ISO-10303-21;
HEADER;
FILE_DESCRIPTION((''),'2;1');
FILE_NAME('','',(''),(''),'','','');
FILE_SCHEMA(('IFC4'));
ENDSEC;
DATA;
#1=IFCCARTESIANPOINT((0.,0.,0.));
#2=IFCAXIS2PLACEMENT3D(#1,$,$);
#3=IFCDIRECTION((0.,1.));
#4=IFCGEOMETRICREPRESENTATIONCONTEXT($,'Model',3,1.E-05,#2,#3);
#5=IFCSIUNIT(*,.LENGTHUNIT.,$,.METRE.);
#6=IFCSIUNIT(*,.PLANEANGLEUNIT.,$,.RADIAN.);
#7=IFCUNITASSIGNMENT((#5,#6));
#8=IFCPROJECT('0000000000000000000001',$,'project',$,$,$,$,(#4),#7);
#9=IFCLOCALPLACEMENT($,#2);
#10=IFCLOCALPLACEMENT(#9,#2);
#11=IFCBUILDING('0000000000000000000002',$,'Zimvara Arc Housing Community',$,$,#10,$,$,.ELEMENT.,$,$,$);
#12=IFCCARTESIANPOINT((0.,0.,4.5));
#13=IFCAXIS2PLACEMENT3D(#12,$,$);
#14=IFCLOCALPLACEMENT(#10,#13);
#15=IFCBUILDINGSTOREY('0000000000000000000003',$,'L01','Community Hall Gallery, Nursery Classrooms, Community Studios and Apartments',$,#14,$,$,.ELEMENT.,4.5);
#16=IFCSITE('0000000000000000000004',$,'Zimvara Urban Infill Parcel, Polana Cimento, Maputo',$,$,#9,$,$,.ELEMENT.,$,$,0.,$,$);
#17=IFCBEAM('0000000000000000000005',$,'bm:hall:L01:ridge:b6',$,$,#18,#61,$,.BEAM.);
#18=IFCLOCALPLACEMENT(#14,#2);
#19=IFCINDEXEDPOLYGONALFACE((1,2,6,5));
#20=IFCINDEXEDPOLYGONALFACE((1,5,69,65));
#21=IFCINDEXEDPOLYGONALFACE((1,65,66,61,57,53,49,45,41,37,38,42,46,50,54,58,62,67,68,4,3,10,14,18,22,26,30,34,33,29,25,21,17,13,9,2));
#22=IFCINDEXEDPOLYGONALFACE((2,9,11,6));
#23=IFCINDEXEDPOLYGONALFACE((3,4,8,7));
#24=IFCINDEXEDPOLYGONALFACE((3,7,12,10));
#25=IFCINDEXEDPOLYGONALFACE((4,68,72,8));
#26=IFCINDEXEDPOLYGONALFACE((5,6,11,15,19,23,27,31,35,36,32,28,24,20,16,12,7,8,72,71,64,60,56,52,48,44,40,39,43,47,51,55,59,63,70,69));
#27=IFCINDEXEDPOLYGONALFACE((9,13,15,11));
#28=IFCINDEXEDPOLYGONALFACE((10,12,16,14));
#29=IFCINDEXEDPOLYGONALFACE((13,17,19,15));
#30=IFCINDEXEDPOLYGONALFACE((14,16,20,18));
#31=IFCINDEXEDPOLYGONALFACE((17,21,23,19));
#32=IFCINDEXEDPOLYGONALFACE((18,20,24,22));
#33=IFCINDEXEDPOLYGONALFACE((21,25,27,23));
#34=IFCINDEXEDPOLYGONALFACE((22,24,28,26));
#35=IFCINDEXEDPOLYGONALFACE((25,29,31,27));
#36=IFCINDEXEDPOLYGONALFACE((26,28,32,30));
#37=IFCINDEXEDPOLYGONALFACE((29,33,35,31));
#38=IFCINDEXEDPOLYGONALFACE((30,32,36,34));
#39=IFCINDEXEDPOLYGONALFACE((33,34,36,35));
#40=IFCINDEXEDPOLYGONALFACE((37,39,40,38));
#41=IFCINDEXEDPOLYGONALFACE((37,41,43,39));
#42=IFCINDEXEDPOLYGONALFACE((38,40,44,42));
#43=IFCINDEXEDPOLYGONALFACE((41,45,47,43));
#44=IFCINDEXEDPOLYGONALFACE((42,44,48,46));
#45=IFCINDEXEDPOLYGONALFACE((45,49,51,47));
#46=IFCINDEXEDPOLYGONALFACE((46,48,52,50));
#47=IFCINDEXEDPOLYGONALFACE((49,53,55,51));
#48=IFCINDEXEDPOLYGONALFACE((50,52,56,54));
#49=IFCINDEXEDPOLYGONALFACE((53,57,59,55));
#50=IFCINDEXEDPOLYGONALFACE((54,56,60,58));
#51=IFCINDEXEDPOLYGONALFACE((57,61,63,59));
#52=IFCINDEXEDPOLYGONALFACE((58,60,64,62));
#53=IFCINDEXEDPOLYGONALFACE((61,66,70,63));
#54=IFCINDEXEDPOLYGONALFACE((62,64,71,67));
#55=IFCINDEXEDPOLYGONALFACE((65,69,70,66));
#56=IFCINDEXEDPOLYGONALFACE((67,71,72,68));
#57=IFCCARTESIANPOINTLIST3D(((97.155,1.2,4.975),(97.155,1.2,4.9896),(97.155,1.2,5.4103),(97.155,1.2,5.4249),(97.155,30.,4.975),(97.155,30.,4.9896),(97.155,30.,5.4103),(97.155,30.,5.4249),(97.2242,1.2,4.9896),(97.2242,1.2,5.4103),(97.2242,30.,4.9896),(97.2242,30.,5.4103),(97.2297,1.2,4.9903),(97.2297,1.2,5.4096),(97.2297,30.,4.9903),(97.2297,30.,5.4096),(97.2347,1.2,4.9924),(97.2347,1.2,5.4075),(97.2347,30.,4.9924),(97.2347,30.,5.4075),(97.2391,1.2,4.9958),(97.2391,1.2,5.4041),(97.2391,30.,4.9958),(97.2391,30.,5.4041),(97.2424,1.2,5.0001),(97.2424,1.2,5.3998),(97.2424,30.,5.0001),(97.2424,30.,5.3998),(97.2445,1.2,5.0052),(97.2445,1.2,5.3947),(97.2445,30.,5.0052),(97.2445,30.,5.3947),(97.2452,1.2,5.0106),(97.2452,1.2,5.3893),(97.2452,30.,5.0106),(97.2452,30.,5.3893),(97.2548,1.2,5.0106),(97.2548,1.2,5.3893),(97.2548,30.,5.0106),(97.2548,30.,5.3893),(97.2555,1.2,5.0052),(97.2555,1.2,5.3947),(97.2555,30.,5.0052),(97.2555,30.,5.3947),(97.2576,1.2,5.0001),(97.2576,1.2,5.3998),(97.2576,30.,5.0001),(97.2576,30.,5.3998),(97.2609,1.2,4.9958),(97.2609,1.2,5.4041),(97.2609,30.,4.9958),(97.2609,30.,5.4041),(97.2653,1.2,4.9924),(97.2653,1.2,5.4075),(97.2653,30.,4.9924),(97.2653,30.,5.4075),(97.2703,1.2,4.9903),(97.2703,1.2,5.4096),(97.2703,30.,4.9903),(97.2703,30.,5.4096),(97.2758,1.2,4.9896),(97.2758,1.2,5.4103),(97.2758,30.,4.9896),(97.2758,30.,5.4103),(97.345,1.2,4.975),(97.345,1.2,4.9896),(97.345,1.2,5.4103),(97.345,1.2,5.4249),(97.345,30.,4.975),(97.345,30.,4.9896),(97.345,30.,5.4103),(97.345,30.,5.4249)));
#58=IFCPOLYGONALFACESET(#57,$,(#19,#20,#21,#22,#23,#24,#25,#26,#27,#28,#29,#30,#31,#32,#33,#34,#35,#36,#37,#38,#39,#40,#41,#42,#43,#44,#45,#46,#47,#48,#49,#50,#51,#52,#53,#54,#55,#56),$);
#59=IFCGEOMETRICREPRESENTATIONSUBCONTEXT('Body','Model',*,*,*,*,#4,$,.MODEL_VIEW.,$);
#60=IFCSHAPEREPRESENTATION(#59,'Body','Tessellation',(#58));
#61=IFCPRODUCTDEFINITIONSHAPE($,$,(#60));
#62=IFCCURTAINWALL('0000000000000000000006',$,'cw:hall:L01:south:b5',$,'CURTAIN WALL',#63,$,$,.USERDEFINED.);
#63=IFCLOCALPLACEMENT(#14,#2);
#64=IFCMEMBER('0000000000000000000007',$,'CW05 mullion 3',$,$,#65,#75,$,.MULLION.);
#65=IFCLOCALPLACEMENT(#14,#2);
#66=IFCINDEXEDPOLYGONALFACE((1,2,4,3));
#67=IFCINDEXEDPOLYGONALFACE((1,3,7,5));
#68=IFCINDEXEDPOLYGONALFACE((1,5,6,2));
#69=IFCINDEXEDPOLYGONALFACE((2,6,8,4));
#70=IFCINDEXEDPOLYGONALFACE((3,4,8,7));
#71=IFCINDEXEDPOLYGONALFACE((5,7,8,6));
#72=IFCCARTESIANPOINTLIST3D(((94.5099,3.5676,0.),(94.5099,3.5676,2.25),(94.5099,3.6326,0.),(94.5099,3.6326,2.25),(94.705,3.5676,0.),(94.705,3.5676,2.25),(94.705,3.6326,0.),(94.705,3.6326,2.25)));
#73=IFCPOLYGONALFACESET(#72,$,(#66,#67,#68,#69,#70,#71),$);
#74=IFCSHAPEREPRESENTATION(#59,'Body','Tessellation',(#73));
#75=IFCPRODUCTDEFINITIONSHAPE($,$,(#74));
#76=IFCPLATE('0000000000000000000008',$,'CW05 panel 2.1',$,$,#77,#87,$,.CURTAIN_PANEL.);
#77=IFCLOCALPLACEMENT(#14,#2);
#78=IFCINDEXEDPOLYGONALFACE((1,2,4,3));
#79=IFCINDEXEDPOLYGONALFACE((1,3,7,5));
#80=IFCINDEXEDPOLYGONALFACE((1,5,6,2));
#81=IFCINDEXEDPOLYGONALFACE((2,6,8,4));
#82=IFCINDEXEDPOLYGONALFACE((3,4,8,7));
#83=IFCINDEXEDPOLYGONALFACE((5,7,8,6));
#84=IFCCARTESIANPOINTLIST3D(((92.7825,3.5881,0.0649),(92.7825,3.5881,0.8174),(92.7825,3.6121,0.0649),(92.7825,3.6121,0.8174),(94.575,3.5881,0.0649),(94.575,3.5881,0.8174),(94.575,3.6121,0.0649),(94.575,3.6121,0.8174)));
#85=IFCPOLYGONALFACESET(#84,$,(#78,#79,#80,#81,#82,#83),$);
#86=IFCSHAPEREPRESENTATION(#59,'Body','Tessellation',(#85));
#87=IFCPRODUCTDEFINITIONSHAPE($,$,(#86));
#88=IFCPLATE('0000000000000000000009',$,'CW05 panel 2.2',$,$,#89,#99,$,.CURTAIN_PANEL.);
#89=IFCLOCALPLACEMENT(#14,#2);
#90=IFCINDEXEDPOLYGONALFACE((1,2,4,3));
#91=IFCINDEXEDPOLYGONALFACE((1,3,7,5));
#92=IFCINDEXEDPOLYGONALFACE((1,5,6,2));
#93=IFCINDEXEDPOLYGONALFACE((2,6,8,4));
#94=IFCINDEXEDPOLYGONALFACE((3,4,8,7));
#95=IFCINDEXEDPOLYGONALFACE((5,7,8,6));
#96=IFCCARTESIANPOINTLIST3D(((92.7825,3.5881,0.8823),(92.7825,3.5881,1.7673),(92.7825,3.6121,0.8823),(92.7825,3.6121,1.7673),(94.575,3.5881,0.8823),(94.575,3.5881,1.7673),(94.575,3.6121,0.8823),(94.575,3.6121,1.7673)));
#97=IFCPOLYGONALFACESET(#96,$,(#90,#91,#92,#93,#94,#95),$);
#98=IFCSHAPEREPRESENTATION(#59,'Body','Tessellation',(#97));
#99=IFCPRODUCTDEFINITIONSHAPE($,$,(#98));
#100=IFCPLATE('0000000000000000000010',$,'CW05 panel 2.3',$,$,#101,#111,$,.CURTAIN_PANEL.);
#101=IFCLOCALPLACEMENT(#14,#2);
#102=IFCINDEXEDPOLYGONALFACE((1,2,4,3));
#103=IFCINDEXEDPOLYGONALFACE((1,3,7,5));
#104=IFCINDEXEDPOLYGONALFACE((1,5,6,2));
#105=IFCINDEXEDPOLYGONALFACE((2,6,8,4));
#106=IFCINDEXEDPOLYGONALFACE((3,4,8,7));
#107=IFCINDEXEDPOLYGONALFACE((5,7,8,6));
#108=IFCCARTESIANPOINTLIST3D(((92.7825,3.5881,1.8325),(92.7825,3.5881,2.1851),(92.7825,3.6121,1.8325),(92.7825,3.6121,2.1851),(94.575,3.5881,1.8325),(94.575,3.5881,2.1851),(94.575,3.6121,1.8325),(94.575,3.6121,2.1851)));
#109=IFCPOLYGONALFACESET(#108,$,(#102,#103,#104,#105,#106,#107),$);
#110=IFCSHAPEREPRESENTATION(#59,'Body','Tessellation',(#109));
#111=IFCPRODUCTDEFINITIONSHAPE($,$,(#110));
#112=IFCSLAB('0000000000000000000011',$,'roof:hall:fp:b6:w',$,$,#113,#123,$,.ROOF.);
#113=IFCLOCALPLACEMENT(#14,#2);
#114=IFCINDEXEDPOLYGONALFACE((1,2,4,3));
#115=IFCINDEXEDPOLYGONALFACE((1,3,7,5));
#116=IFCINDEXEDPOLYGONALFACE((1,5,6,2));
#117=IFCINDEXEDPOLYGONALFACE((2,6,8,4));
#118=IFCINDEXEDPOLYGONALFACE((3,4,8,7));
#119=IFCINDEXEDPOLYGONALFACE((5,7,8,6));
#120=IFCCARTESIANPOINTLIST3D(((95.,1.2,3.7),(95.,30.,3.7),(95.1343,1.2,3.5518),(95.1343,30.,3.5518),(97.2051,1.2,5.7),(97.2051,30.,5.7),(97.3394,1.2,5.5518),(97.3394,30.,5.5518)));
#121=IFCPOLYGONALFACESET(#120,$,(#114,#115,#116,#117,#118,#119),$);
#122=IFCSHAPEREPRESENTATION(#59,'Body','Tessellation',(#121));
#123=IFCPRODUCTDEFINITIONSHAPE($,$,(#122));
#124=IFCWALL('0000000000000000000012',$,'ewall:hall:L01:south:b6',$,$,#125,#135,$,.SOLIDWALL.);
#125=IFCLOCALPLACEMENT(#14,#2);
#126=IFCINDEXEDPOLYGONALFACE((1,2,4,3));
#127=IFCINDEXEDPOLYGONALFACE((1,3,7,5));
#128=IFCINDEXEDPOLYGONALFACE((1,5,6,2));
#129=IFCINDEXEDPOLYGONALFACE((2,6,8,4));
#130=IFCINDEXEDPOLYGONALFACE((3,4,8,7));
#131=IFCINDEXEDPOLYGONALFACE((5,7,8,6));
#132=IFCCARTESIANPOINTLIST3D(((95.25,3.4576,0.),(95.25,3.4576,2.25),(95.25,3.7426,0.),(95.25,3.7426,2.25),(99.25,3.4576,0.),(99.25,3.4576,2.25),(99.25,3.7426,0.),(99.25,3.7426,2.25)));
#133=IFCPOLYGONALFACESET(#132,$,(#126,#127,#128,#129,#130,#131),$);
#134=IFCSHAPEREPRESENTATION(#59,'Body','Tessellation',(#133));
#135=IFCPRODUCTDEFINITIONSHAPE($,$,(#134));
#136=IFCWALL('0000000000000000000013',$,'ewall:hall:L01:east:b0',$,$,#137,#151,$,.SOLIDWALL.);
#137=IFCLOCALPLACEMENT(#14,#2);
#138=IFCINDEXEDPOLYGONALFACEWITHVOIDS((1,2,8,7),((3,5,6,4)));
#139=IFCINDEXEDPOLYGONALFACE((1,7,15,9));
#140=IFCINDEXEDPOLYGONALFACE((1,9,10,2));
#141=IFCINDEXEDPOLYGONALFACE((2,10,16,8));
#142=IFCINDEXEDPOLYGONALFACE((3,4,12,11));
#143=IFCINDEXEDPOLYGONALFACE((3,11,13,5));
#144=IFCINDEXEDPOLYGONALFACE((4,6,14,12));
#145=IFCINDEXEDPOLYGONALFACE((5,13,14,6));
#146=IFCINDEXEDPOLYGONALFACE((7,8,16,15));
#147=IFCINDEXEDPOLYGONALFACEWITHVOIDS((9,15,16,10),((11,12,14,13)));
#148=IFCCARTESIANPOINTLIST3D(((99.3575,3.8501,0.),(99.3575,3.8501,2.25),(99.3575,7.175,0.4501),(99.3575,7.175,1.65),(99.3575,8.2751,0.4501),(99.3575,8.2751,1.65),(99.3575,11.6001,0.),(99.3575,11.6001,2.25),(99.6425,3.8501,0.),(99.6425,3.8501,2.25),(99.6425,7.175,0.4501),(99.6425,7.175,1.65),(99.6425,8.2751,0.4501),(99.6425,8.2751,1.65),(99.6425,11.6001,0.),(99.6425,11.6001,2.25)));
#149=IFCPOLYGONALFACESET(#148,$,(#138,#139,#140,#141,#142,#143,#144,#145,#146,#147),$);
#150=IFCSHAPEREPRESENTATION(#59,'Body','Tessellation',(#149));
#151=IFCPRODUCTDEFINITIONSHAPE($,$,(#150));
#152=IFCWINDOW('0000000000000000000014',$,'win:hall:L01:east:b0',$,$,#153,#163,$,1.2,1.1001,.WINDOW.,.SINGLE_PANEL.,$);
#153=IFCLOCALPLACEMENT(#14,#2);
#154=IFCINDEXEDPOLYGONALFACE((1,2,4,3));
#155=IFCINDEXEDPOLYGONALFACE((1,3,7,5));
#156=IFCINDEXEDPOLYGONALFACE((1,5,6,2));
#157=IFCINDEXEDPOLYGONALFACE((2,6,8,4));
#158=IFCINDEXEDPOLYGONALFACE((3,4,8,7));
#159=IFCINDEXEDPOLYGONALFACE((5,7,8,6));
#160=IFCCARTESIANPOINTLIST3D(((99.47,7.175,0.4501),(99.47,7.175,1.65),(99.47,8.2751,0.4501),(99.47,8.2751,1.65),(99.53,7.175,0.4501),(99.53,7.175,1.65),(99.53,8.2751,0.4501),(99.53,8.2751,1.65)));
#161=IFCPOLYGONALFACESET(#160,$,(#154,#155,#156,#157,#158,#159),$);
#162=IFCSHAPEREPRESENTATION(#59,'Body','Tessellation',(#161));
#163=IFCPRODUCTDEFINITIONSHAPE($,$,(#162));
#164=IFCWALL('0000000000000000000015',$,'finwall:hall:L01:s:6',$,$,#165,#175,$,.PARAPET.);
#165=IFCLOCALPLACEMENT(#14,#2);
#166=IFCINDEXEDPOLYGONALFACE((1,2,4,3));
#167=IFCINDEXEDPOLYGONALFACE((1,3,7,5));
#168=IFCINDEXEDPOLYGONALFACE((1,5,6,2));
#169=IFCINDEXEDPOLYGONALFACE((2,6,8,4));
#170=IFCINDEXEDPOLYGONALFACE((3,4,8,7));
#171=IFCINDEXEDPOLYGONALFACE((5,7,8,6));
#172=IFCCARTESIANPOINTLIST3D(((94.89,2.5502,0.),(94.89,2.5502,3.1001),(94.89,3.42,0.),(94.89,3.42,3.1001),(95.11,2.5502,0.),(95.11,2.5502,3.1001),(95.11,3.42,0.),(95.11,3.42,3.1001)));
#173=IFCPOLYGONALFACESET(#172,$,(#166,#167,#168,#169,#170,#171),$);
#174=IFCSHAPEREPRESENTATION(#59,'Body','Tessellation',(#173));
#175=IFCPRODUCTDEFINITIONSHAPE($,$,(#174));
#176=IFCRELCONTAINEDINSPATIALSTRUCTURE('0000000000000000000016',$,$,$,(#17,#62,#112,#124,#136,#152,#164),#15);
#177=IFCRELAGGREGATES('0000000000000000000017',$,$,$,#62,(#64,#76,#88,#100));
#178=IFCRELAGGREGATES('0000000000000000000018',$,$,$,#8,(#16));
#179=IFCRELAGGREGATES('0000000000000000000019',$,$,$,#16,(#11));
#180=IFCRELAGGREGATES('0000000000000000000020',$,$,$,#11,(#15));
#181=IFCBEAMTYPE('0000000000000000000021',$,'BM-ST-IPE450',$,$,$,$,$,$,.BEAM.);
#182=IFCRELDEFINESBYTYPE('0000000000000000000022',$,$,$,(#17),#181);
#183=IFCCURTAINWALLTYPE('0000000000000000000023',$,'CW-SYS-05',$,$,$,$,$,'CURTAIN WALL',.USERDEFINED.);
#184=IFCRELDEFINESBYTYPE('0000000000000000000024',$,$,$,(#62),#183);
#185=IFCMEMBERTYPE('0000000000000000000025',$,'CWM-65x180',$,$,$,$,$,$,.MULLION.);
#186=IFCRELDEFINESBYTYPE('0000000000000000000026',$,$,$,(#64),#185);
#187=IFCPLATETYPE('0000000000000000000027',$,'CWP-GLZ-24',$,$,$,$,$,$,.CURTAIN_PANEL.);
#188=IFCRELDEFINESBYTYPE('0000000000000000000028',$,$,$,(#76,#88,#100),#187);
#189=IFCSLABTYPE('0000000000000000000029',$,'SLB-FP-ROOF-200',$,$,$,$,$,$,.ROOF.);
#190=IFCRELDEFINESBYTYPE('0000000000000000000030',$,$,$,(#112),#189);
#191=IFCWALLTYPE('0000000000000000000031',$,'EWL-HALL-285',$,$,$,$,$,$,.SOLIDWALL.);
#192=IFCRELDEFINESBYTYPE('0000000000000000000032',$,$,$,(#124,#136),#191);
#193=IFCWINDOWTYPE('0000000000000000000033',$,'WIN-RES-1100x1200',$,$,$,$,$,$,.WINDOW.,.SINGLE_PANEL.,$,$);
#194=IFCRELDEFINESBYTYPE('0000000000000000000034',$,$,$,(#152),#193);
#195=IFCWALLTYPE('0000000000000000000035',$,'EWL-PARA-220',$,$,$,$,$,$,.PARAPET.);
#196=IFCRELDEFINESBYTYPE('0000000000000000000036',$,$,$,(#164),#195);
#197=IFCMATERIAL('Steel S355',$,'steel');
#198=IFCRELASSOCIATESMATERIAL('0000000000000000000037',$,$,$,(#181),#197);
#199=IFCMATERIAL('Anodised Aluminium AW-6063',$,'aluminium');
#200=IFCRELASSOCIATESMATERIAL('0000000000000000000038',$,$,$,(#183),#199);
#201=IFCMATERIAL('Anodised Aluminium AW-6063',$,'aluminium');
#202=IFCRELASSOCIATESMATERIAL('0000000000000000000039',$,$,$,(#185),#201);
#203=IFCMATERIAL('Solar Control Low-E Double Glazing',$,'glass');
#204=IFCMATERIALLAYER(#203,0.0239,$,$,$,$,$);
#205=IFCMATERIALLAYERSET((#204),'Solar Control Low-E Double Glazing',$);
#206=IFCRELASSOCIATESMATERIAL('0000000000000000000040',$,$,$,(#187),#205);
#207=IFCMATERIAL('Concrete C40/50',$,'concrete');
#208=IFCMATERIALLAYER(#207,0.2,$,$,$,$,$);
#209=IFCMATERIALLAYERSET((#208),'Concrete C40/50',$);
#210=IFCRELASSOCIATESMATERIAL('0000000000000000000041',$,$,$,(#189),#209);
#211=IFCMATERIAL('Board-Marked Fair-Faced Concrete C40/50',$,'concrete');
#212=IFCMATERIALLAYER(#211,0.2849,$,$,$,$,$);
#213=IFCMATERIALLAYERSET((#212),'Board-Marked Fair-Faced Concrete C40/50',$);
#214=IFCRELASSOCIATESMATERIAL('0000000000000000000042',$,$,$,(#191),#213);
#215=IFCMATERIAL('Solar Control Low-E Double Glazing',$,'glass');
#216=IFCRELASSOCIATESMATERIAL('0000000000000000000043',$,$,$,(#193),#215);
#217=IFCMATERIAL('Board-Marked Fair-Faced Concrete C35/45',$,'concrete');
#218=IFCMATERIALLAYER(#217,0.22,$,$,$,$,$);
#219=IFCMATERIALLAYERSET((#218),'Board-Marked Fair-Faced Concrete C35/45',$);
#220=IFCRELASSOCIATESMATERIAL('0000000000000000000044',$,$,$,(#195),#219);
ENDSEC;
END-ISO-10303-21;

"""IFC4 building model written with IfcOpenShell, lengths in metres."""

from ifc_helpers import new_model, si_unit, direction, frame, frame_2d, origin, origin_2d, place, context, subcontext, project, spatial, polyline, rectangle, i_section, outline, extrude, material, layer, layer_set, material_profile, profile_set, type_object, element, fill, aggregate, save


model = new_model("IFC4")

# Units and contexts
model_context = context("Model", 3, precision=1e-05, world=origin(), true_north=direction((0.0, 1.0)))
body_context = subcontext(model_context, "Body", "Model", "MODEL_VIEW")
ifc_project = project(units=[si_unit("LENGTHUNIT", "METRE"), si_unit("PLANEANGLEUNIT", "RADIAN")], contexts=[model_context])

# Site, building, storey
site_placement = place(None, origin())
site = spatial("IfcSite", under=ifc_project, at=site_placement, Name="Zimvara Urban Infill Parcel, Polana Cimento, Maputo", CompositionType="ELEMENT", RefElevation=0.0)
building_placement = place(site_placement, origin())
building = spatial("IfcBuilding", under=site, at=building_placement, Name="Zimvara Arc Housing Community", CompositionType="ELEMENT")
storey_placement = place(building_placement, frame((0.0, 0.0, 4.5)))
storey = spatial("IfcBuildingStorey", under=building, at=storey_placement, Name="L01", Description="Community Hall Gallery, Nursery Classrooms, Community Studios and Apartments", CompositionType="ELEMENT", Elevation=4.5)

# Beam
ifc_material_1 = material(Name="Steel S355", Category="steel")
ifc_material_profile_1 = material_profile(ifc_material_1, i_section(OverallWidth=0.1899, OverallDepth=0.45, WebThickness=0.0095, FlangeThickness=0.0146, FilletRadius=0.021, at=origin_2d()), Name="IPE 450")
ifc_profile_set_1 = profile_set([ifc_material_profile_1], Name="Steel S355")
beam_type_1 = type_object("IfcBeamType", Name="BM-ST-IPE450", PredefinedType="BEAM", material=ifc_profile_set_1)
beam_1_placement = place(storey_placement, frame((97.25, 1.2, 5.2), z_axis=(0.0, 1.0, 0.0), x_axis=(-1.0, 0.0, 0.0)))
element("IfcBeam", 1, at=beam_1_placement, inside=storey, type_object=beam_type_1, Name="bm:hall:L01:ridge:b6", PredefinedType="BEAM", context=body_context, shape_type="SweptSolid", body=[
    extrude(i_section(OverallWidth=0.1899, OverallDepth=0.45, WebThickness=0.0095, FlangeThickness=0.0146, FilletRadius=0.021, at=origin_2d()), origin(), (0.0, 0.0, 1.0), 28.8),
])

# Curtain wall, member, plates
ifc_material_2 = material(Name="Anodised Aluminium AW-6063", Category="aluminium")
curtain_wall_type = type_object("IfcCurtainWallType", Name="CW-SYS-05", ElementType="CURTAIN WALL", PredefinedType="USERDEFINED", material=ifc_material_2)
curtain_wall_placement = place(storey_placement, origin())
curtain_wall = element("IfcCurtainWall", 2, at=curtain_wall_placement, inside=storey, type_object=curtain_wall_type, Name="cw:hall:L01:south:b5", ObjectType="CURTAIN WALL", PredefinedType="USERDEFINED")
ifc_material_3 = material(Name="Anodised Aluminium AW-6063", Category="aluminium")
ifc_material_profile_2 = material_profile(ifc_material_3, rectangle(XDim=0.0649, YDim=0.1951, at=origin_2d()), Name="ALU 65x195")
ifc_profile_set_2 = profile_set([ifc_material_profile_2], Name="Anodised Aluminium AW-6063")
member_type = type_object("IfcMemberType", Name="CWM-65x180", PredefinedType="MULLION", material=ifc_profile_set_2)
member_placement = place(storey_placement, frame((94.6074, 3.6001, 0.0), z_axis=(0.0, 0.0, 1.0), x_axis=(0.0, 1.0, 0.0)))
member = element("IfcMember", 3, at=member_placement, type_object=member_type, Name="CW05 mullion 3", PredefinedType="MULLION", context=body_context, shape_type="SweptSolid", body=[
    extrude(rectangle(XDim=0.0649, YDim=0.1951, at=origin_2d()), origin(), (0.0, 0.0, 1.0), 2.25),
])
ifc_material_4 = material(Name="Solar Control Low-E Double Glazing", Category="glass")
ifc_layer_1 = layer(ifc_material_4, 0.0239)
ifc_layer_set_1 = layer_set([ifc_layer_1], Name="Solar Control Low-E Double Glazing")
plate_type = type_object("IfcPlateType", Name="CWP-GLZ-24", PredefinedType="CURTAIN_PANEL", material=ifc_layer_set_1)
plate_1_placement = place(storey_placement, frame((93.6787, 3.6001, 0.0649), z_axis=(0.0, 0.0, 1.0), x_axis=(1.0, 0.0, 0.0)))
plate_1 = element("IfcPlate", 4, at=plate_1_placement, type_object=plate_type, Name="CW05 panel 2.1", PredefinedType="CURTAIN_PANEL", context=body_context, shape_type="SweptSolid", body=[
    extrude(rectangle(XDim=1.7925, YDim=0.0239, at=origin_2d()), origin(), (0.0, 0.0, 1.0), 0.7524),
])
plate_2_placement = place(storey_placement, frame((93.6787, 3.6001, 0.8823), z_axis=(0.0, 0.0, 1.0), x_axis=(1.0, 0.0, 0.0)))
plate_2 = element("IfcPlate", 5, at=plate_2_placement, type_object=plate_type, Name="CW05 panel 2.2", PredefinedType="CURTAIN_PANEL", context=body_context, shape_type="SweptSolid", body=[
    extrude(rectangle(XDim=1.7925, YDim=0.0239, at=origin_2d()), origin(), (0.0, 0.0, 1.0), 0.885),
])
plate_3_placement = place(storey_placement, frame((93.6787, 3.6001, 1.8325), z_axis=(0.0, 0.0, 1.0), x_axis=(1.0, 0.0, 0.0)))
plate_3 = element("IfcPlate", 6, at=plate_3_placement, type_object=plate_type, Name="CW05 panel 2.3", PredefinedType="CURTAIN_PANEL", context=body_context, shape_type="SweptSolid", body=[
    extrude(rectangle(XDim=1.7925, YDim=0.0239, at=origin_2d()), origin(), (0.0, 0.0, 1.0), 0.3525),
])
aggregate(curtain_wall, [member, plate_1, plate_2, plate_3])

# Slab
ifc_material_5 = material(Name="Concrete C40/50", Category="concrete")
ifc_layer_2 = layer(ifc_material_5, 0.2)
ifc_layer_set_2 = layer_set([ifc_layer_2], Name="Concrete C40/50")
slab_type = type_object("IfcSlabType", Name="SLB-FP-ROOF-200", PredefinedType="ROOF", material=ifc_layer_set_2)
slab_placement = place(storey_placement, frame((95.0, 1.2, 3.7), z_axis=(-0.671823, 0.0, 0.740711), x_axis=(0.740711, 0.0, 0.671823)))
element("IfcSlab", 7, at=slab_placement, inside=storey, type_object=slab_type, Name="roof:hall:fp:b6:w", PredefinedType="ROOF", context=body_context, shape_type="SweptSolid", body=[
    extrude(outline(polyline([(0.0, 0.0), (2.977, 0.0), (2.977, 28.8), (0.0, 28.8), (0.0, 0.0)])), origin(), (0.0, 0.0, -1.0), 0.2),
])

# Wall
ifc_material_6 = material(Name="Board-Marked Fair-Faced Concrete C40/50", Category="concrete")
ifc_layer_3 = layer(ifc_material_6, 0.2849)
ifc_layer_set_3 = layer_set([ifc_layer_3], Name="Board-Marked Fair-Faced Concrete C40/50")
wall_type_1 = type_object("IfcWallType", Name="EWL-HALL-285", PredefinedType="SOLIDWALL", material=ifc_layer_set_3)
wall_1_placement = place(storey_placement, frame((95.25, 3.6001, 0.0), z_axis=(0.0, 0.0, 1.0), x_axis=(1.0, 0.0, 0.0)))
element("IfcWall", 8, at=wall_1_placement, inside=storey, type_object=wall_type_1, Name="ewall:hall:L01:south:b6", PredefinedType="SOLIDWALL", context=body_context, shape_type="SweptSolid", body=[
    extrude(rectangle(XDim=4.0, YDim=0.2849, at=frame_2d((2.0, 0.0))), origin(), (0.0, 0.0, 1.0), 2.25),
])

# Wall, opening, window
wall_2_placement = place(storey_placement, frame((99.5, 3.8501, 0.0), z_axis=(0.0, 0.0, 1.0), x_axis=(0.0, 1.0, 0.0)))
wall_2 = element("IfcWall", 9, at=wall_2_placement, inside=storey, type_object=wall_type_1, Name="ewall:hall:L01:east:b0", PredefinedType="SOLIDWALL", context=body_context, shape_type="SweptSolid", body=[
    extrude(rectangle(XDim=7.75, YDim=0.2849, at=frame_2d((3.875, 0.0))), origin(), (0.0, 0.0, 1.0), 2.25),
])
opening_1_placement = place(wall_2_placement, frame((3.325, 0.0, 0.45)))
opening_1 = element("IfcOpeningElement", 10, at=opening_1_placement, cuts=wall_2, PredefinedType="OPENING", context=body_context, shape_type="SweptSolid", body=[
    extrude(rectangle(XDim=1.1001, YDim=1.2, at=frame_2d((0.55, 0.6001))), frame((0.0, 0.1523, 0.0), z_axis=(0.0, -1.0, 0.0), x_axis=(1.0, 0.0, 0.0)), (0.0, 0.0, 1.0), 0.3049),
])
ifc_material_7 = material(Name="Solar Control Low-E Double Glazing", Category="glass")
window_type_1 = type_object("IfcWindowType", Name="WIN-RES-1100x1200", PartitioningType="SINGLE_PANEL", PredefinedType="WINDOW", material=ifc_material_7)
window_1_placement = place(opening_1_placement, origin())
window_1 = element("IfcWindow", 11, at=window_1_placement, inside=storey, type_object=window_type_1, Name="win:hall:L01:east:b0", OverallHeight=1.2, OverallWidth=1.1001, PartitioningType="SINGLE_PANEL", PredefinedType="WINDOW", context=body_context, shape_type="SweptSolid", body=[
    extrude(rectangle(XDim=1.1001, YDim=1.2, at=frame_2d((0.55, 0.6001))), frame((0.0, 0.03, 0.0), z_axis=(0.0, -1.0, 0.0), x_axis=(1.0, 0.0, 0.0)), (0.0, 0.0, 1.0), 0.0601),
])
fill(opening_1, window_1)

# Wall
ifc_material_8 = material(Name="Board-Marked Fair-Faced Concrete C35/45", Category="concrete")
ifc_layer_4 = layer(ifc_material_8, 0.22)
ifc_layer_set_4 = layer_set([ifc_layer_4], Name="Board-Marked Fair-Faced Concrete C35/45")
wall_type_2 = type_object("IfcWallType", Name="EWL-PARA-220", PredefinedType="PARAPET", material=ifc_layer_set_4)
for number, where, z_axis, x_axis, name in (
    (12, (95.0, 2.55, 0.0), (0.0, 0.0, 1.0), (0.0, 1.0, 0.0), "finwall:hall:L01:s:6"),
):
    element("IfcWall", number, at=place(storey_placement, frame(where, z_axis=z_axis, x_axis=x_axis)), inside=storey, type_object=wall_type_2, Name=name, PredefinedType="PARAPET", context=body_context, shape_type="SweptSolid", body=[
        extrude(rectangle(XDim=0.8699, YDim=0.22, at=frame_2d((0.4351, 0.0))), origin(), (0.0, 0.0, 1.0), 3.1001),
    ])

save(model, "model.ifc")
